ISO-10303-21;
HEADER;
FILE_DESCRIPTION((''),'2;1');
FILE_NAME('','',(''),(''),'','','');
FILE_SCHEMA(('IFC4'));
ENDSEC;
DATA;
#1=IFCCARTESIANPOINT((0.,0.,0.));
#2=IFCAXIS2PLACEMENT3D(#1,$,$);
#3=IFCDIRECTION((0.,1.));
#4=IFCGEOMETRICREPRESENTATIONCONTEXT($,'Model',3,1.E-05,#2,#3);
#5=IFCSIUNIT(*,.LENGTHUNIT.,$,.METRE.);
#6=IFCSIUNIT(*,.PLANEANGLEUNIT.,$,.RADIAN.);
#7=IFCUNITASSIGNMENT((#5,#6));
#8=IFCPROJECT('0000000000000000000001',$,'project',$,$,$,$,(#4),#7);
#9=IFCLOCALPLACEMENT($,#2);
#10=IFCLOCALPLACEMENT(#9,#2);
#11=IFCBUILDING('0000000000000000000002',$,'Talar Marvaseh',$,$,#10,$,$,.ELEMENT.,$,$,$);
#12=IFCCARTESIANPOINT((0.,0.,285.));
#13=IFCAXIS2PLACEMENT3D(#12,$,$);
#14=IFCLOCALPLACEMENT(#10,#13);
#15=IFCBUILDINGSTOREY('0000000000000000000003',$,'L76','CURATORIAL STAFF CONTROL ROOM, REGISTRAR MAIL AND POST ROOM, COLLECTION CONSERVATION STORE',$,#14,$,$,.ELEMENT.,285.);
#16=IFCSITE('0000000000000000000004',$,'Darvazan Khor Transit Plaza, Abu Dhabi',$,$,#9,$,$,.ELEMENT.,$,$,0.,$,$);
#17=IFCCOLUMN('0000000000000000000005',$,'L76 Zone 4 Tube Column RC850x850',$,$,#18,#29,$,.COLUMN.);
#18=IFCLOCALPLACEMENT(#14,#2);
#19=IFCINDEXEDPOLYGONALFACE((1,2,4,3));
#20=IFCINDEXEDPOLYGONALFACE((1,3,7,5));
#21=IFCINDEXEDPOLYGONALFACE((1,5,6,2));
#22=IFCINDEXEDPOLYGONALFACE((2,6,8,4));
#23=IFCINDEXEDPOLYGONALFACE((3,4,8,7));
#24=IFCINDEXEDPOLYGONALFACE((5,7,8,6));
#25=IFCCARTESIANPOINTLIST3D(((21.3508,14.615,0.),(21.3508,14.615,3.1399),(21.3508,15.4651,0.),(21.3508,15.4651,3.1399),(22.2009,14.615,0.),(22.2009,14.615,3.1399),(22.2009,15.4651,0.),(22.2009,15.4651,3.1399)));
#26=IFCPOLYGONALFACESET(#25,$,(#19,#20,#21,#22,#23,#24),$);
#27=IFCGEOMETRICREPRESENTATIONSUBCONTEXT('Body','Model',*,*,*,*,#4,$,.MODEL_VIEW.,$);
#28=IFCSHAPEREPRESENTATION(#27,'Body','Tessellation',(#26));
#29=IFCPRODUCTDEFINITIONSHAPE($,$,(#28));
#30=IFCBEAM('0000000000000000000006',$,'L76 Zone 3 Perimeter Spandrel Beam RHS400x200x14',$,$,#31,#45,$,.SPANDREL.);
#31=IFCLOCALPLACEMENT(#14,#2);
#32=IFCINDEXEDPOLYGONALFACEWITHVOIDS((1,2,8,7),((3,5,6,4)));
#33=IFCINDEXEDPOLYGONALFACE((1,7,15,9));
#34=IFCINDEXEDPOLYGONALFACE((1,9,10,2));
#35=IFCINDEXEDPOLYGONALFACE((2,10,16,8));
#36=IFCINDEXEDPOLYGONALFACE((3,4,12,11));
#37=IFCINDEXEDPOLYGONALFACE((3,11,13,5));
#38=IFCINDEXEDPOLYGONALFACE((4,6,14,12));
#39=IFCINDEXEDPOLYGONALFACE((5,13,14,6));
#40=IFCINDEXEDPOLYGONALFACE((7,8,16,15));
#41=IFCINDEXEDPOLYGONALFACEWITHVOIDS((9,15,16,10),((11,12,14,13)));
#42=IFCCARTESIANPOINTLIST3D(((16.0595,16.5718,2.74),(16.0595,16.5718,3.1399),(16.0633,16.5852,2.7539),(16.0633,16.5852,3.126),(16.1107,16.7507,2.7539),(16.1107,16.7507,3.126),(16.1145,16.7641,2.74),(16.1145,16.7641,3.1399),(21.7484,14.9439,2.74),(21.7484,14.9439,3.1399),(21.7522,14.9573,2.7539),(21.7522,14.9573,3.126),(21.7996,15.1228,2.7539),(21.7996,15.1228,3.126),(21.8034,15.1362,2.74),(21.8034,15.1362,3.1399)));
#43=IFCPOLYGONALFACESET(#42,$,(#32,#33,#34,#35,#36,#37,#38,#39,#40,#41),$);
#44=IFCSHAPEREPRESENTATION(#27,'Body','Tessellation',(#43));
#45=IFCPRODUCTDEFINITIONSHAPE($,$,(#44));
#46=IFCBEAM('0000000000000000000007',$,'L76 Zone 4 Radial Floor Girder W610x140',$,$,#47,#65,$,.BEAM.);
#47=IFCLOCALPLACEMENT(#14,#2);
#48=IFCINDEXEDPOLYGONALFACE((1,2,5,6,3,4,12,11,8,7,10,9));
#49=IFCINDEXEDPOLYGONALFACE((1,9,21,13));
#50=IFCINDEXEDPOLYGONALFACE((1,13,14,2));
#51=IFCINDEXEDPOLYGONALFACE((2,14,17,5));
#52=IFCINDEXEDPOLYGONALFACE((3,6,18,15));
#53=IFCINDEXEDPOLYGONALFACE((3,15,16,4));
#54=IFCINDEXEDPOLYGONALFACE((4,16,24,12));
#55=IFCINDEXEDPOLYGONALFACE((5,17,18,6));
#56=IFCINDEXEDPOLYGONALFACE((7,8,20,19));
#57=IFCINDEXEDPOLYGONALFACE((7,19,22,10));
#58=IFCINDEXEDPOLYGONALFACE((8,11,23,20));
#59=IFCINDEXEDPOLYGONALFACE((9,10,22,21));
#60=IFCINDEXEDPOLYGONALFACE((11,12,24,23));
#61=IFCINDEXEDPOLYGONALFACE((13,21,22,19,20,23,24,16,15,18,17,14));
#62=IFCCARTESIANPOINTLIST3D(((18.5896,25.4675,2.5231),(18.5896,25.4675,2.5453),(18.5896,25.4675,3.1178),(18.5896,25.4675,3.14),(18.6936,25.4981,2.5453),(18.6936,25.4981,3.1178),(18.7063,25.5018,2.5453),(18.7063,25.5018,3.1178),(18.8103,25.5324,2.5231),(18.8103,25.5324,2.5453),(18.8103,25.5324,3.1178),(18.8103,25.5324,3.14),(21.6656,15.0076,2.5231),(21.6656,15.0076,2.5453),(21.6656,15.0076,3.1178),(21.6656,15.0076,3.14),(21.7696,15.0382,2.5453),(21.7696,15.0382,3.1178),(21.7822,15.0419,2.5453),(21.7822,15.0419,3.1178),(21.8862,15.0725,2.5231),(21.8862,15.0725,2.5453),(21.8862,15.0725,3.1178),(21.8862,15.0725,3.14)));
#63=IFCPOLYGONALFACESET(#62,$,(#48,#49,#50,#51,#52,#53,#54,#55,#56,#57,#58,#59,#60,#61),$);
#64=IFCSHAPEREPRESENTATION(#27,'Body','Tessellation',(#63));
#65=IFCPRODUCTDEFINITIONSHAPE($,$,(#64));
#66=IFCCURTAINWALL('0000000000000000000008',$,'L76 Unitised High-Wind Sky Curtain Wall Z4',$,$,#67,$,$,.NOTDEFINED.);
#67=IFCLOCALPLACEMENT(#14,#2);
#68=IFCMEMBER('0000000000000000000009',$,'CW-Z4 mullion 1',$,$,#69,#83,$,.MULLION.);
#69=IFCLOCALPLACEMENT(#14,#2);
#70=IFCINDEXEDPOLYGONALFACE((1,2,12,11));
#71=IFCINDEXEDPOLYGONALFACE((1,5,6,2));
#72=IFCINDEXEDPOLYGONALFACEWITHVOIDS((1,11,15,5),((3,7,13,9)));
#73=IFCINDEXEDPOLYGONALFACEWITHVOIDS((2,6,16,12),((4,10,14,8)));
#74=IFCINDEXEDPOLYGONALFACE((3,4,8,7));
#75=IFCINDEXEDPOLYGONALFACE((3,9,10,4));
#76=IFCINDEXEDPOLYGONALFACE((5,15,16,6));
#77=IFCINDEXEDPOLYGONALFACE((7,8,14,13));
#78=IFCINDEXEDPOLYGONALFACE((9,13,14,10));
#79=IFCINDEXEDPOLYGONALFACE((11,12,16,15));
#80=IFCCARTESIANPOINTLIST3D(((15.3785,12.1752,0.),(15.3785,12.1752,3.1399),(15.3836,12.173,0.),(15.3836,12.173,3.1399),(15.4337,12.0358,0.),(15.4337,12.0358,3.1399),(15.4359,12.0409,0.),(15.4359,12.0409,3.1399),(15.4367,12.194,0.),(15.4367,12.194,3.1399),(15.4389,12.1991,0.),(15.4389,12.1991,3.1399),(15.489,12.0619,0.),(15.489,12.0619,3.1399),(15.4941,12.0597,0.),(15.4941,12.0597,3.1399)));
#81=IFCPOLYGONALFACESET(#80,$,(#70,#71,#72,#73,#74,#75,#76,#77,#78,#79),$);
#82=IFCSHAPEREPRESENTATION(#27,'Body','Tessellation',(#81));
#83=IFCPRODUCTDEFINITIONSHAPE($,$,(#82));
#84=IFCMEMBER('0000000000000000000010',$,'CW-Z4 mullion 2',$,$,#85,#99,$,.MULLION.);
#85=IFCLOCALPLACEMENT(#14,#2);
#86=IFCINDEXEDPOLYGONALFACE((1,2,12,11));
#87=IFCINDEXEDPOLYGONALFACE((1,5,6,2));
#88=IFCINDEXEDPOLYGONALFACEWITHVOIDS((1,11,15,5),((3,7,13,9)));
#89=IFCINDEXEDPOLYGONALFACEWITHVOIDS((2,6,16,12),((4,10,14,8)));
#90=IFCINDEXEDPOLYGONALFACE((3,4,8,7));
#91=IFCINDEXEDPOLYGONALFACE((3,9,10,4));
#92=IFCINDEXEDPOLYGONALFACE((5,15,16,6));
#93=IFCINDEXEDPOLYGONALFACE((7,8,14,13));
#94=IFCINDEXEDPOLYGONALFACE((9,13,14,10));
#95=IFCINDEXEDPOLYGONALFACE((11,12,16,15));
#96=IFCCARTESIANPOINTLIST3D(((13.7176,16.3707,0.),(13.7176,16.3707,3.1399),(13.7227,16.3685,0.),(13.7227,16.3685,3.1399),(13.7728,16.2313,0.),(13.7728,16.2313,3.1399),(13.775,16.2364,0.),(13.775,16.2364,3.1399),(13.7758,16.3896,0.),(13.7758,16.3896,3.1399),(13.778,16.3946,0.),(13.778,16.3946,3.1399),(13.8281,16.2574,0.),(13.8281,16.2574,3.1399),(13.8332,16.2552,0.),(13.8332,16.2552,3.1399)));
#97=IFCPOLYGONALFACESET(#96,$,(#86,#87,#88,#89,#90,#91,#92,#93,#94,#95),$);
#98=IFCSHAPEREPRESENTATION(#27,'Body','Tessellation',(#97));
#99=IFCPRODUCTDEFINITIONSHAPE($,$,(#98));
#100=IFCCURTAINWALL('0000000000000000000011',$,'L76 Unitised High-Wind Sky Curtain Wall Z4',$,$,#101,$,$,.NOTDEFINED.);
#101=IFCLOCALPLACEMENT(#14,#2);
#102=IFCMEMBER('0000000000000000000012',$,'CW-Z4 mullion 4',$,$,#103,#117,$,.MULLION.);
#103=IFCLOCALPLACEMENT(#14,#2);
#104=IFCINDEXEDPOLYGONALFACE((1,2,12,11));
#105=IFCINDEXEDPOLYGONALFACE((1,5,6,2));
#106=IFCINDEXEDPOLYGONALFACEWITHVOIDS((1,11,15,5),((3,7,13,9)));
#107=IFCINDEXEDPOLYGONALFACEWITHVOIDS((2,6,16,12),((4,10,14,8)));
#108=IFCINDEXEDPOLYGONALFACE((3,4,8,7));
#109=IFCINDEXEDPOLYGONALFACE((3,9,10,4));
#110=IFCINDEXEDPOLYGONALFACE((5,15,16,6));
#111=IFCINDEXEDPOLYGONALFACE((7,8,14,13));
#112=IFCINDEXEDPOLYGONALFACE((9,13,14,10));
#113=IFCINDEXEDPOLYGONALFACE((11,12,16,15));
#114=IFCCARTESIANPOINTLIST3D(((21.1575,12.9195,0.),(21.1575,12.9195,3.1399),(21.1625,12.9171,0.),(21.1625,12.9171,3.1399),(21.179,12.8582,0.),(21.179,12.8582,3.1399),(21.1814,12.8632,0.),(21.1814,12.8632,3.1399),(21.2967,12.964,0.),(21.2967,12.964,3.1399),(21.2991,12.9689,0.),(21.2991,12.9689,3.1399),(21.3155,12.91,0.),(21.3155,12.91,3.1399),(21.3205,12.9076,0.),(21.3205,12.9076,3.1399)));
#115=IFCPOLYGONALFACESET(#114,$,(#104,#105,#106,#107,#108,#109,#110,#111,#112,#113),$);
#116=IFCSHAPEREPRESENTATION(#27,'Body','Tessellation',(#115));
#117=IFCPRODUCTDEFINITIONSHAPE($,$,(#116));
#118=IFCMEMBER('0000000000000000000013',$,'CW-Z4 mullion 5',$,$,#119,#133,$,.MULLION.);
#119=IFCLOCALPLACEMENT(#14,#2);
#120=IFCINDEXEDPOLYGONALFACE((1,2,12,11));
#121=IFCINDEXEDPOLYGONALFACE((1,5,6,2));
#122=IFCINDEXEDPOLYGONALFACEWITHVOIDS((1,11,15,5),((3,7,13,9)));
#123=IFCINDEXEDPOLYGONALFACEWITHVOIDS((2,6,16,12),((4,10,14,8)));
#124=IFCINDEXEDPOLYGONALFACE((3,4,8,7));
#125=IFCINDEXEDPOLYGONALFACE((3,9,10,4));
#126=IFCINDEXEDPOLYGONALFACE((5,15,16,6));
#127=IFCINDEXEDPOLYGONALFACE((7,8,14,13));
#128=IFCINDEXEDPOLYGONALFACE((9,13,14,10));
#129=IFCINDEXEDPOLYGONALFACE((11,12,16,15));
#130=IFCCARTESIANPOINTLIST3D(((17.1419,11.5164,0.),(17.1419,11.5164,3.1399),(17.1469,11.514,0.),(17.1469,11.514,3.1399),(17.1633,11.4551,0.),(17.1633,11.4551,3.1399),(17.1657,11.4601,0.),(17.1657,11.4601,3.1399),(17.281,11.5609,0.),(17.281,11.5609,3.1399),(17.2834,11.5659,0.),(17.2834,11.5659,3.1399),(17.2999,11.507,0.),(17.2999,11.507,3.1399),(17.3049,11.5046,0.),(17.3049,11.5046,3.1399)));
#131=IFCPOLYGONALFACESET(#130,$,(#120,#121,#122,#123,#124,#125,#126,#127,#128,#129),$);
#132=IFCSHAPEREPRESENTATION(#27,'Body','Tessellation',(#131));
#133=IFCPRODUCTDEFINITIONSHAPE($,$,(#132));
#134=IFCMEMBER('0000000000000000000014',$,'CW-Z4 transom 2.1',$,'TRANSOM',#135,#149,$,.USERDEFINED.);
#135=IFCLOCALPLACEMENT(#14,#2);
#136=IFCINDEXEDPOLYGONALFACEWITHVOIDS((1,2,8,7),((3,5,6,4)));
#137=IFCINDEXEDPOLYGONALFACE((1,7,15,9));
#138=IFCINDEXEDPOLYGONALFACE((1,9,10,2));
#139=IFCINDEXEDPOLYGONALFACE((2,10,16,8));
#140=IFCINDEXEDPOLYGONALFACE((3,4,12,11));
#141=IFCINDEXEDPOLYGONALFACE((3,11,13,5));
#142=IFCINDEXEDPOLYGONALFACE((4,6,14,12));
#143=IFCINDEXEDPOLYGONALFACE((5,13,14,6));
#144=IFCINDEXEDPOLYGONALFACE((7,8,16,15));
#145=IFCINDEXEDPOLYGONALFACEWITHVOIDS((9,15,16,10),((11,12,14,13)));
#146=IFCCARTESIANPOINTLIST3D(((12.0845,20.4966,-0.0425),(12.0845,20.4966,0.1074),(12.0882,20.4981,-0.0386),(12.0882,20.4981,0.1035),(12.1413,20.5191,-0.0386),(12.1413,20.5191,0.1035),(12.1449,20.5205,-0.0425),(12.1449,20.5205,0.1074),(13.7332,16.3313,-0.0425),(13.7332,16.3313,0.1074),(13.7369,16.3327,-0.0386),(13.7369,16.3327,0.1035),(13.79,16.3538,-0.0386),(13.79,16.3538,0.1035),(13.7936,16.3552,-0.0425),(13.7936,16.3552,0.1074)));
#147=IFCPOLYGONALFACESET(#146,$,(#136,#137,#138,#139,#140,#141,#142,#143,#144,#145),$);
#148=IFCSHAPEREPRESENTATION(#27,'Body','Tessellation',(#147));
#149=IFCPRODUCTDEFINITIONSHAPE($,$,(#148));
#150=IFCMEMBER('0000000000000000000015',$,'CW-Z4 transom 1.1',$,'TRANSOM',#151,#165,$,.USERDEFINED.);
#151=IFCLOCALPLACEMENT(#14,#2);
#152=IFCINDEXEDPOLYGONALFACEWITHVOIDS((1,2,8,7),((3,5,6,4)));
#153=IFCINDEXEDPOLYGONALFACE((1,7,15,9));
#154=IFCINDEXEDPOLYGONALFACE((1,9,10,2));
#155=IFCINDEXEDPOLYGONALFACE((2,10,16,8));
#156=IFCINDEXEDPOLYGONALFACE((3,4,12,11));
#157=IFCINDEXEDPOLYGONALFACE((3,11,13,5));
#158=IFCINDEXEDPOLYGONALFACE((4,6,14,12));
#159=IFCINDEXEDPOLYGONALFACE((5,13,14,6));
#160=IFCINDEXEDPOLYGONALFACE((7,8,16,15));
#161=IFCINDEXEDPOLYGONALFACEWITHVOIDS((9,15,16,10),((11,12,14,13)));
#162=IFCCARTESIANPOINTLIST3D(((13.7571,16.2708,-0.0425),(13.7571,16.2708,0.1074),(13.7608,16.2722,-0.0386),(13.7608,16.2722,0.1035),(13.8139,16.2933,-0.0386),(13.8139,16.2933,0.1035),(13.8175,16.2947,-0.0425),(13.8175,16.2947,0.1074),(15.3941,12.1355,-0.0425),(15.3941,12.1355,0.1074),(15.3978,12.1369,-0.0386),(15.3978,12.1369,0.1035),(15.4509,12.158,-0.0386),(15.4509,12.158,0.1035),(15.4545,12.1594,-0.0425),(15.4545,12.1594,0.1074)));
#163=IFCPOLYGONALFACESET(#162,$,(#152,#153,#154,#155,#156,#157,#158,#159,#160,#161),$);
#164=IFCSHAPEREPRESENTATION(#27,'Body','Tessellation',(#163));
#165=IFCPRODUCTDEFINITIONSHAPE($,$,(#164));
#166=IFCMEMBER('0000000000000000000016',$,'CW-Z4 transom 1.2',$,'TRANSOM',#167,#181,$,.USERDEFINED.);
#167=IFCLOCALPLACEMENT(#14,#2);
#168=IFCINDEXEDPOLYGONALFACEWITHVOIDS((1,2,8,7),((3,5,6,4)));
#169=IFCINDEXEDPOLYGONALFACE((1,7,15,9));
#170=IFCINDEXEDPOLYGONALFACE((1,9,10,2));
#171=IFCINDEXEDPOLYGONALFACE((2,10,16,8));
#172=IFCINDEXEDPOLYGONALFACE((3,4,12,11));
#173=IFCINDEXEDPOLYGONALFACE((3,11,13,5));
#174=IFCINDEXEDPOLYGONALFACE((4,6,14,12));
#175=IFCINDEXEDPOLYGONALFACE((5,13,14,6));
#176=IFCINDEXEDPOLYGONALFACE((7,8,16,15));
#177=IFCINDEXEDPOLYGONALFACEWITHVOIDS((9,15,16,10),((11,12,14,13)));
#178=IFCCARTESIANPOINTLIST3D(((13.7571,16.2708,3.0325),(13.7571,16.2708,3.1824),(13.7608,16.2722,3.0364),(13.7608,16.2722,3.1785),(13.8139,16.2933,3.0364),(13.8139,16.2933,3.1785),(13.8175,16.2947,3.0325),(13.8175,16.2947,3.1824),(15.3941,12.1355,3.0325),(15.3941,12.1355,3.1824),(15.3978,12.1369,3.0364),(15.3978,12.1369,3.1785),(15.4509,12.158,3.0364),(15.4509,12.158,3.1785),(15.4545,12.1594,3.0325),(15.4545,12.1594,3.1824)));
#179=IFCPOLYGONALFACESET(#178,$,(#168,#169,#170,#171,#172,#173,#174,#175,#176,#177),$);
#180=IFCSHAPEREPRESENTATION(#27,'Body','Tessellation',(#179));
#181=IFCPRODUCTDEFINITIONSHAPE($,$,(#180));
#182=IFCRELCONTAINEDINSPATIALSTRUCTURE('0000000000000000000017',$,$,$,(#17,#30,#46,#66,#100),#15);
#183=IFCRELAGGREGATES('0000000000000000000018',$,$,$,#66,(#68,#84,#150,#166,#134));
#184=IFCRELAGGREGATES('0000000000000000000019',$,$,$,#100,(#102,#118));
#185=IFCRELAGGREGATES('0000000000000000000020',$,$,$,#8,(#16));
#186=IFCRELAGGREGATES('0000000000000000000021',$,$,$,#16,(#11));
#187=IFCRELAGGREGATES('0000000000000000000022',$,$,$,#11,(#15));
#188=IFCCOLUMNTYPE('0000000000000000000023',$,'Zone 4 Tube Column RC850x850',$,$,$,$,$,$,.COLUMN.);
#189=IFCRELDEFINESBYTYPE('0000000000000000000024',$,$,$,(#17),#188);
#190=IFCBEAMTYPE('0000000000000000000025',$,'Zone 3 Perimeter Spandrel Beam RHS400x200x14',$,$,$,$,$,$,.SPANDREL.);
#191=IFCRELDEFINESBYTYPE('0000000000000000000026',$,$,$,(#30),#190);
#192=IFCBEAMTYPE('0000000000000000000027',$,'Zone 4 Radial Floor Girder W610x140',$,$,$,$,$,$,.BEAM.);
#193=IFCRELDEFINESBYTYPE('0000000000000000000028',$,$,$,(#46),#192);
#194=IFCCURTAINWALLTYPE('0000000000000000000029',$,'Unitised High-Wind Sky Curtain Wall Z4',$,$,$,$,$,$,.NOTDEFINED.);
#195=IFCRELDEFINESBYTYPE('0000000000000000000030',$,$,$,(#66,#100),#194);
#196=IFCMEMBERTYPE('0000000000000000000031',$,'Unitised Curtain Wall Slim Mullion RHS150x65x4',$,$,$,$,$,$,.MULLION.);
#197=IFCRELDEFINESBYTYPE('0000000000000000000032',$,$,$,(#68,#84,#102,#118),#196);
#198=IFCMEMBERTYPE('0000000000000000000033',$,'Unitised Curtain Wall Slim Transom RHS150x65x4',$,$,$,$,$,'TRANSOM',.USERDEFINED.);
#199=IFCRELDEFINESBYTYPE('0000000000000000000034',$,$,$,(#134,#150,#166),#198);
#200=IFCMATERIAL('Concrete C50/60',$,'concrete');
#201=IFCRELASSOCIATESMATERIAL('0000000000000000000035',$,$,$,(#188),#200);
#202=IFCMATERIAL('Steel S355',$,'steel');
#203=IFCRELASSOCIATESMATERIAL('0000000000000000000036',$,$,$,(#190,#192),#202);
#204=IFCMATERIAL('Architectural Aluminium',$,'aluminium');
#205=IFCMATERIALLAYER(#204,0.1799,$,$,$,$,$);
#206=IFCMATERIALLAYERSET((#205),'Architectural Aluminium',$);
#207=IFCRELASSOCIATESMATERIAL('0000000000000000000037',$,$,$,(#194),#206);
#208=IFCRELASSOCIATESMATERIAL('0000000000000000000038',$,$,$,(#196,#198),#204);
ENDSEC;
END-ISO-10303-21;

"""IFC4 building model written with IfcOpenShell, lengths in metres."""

from ifc_helpers import new_model, si_unit, direction, frame, origin, origin_2d, place, context, subcontext, project, spatial, rectangle, hollow_rectangle, i_section, extrude, source, transform, mapped, material, layer, layer_set, material_profile, profile_set, type_object, type_shapes, element, aggregate, save


model = new_model("IFC4")

# Units and contexts
model_context = context("Model", 3, precision=1e-05, world=origin(), true_north=direction((0.0, 1.0)))
body_context = subcontext(model_context, "Body", "Model", "MODEL_VIEW")
ifc_project = project(units=[si_unit("LENGTHUNIT", "METRE"), si_unit("PLANEANGLEUNIT", "RADIAN")], contexts=[model_context])

# Site, building, storey
site_placement = place(None, origin())
site = spatial("IfcSite", under=ifc_project, at=site_placement, Name="Darvazan Khor Transit Plaza, Abu Dhabi", CompositionType="ELEMENT", RefElevation=0.0)
building_placement = place(site_placement, origin())
building = spatial("IfcBuilding", under=site, at=building_placement, Name="Talar Marvaseh", CompositionType="ELEMENT")
storey_placement = place(building_placement, frame((0.0, 0.0, 285.0)))
storey = spatial("IfcBuildingStorey", under=building, at=storey_placement, Name="L76", Description="CURATORIAL STAFF CONTROL ROOM, REGISTRAR MAIL AND POST ROOM, COLLECTION CONSERVATION STORE", CompositionType="ELEMENT", Elevation=285.0)

# Column
ifc_material_1 = material(Name="Concrete C50/60", Category="concrete")
ifc_material_profile_1 = material_profile(ifc_material_1, rectangle(XDim=0.8501, YDim=0.8501, at=origin_2d()), Name="RC850x850")
ifc_profile_set_1 = profile_set([ifc_material_profile_1], Name="Concrete C50/60")
column_type = type_object("IfcColumnType", Name="Zone 4 Tube Column RC850x850", PredefinedType="COLUMN", material=ifc_profile_set_1)
column_placement = place(storey_placement, frame((21.7759, 15.04, 0.0), z_axis=(0.0, 0.0, 1.0), x_axis=(1.0, 0.0, 0.0)))
element("IfcColumn", 1, at=column_placement, inside=storey, type_object=column_type, Name="L76 Zone 4 Tube Column RC850x850", PredefinedType="COLUMN", context=body_context, shape_type="SweptSolid", body=[
    extrude(rectangle(XDim=0.8501, YDim=0.8501, at=origin_2d()), origin(), (0.0, 0.0, 1.0), 3.1399),
])

# Beams
ifc_material_2 = material(Name="Steel S355", Category="steel")
ifc_material_profile_2 = material_profile(ifc_material_2, hollow_rectangle(XDim=0.2, YDim=0.3999, WallThickness=0.0139, at=origin_2d()), Name="RHS400x200x14")
ifc_profile_set_2 = profile_set([ifc_material_profile_2], Name="Steel S355")
beam_type_1 = type_object("IfcBeamType", Name="Zone 3 Perimeter Spandrel Beam RHS400x200x14", PredefinedType="SPANDREL", material=ifc_profile_set_2)
beam_1_placement = place(storey_placement, frame((21.7759, 15.04, 2.9399), z_axis=(-0.961412, 0.275113, 0.0), x_axis=(-0.275113, -0.961412, 0.0)))
element("IfcBeam", 2, at=beam_1_placement, inside=storey, type_object=beam_type_1, Name="L76 Zone 3 Perimeter Spandrel Beam RHS400x200x14", PredefinedType="SPANDREL", context=body_context, shape_type="SweptSolid", body=[
    extrude(hollow_rectangle(XDim=0.2, YDim=0.3999, WallThickness=0.0139, at=origin_2d()), origin(), (0.0, 0.0, 1.0), 5.9172),
])
ifc_material_profile_3 = material_profile(ifc_material_2, i_section(OverallWidth=0.23, OverallDepth=0.6169, WebThickness=0.0132, FlangeThickness=0.0222, at=origin_2d()), Name="W610x140")
ifc_profile_set_3 = profile_set([ifc_material_profile_3], Name="Steel S355")
beam_type_2 = type_object("IfcBeamType", Name="Zone 4 Radial Floor Girder W610x140", PredefinedType="BEAM", material=ifc_profile_set_3)
beam_2_placement = place(storey_placement, frame((21.7759, 15.04, 2.8315), z_axis=(-0.282121, 0.959379, 0.0), x_axis=(-0.959379, -0.282121, 0.0)))
element("IfcBeam", 3, at=beam_2_placement, inside=storey, type_object=beam_type_2, Name="L76 Zone 4 Radial Floor Girder W610x140", PredefinedType="BEAM", context=body_context, shape_type="SweptSolid", body=[
    extrude(i_section(OverallWidth=0.23, OverallDepth=0.6169, WebThickness=0.0132, FlangeThickness=0.0222, at=origin_2d()), origin(), (0.0, 0.0, 1.0), 10.9028),
])

# Curtain walls, members
ifc_material_3 = material(Name="Architectural Aluminium", Category="aluminium")
ifc_layer_1 = layer(ifc_material_3, 0.1799)
ifc_layer_set_1 = layer_set([ifc_layer_1], Name="Architectural Aluminium")
curtain_wall_type = type_object("IfcCurtainWallType", Name="Unitised High-Wind Sky Curtain Wall Z4", PredefinedType="NOTDEFINED", material=ifc_layer_set_1)
curtain_wall_1_placement = place(storey_placement, origin())
curtain_wall_1 = element("IfcCurtainWall", 4, at=curtain_wall_1_placement, inside=storey, type_object=curtain_wall_type, Name="L76 Unitised High-Wind Sky Curtain Wall Z4", PredefinedType="NOTDEFINED")
ifc_material_profile_4 = material_profile(ifc_material_3, hollow_rectangle(XDim=0.0649, YDim=0.1499, WallThickness=0.0039, at=origin_2d()), Name="RHS150x65x4")
ifc_profile_set_4 = profile_set([ifc_material_profile_4], Name="Architectural Aluminium")
member_type_1 = type_object("IfcMemberType", Name="Unitised Curtain Wall Slim Mullion RHS150x65x4", PredefinedType="MULLION", material=ifc_profile_set_4)
shared_shape_1 = source(origin(), body_context, "Body", "SweptSolid", [
    extrude(hollow_rectangle(XDim=0.0649, YDim=0.1499, WallThickness=0.0039, at=origin_2d()), origin(), (0.0, 0.0, 1.0), 3.1399),
])
type_shapes(member_type_1, [shared_shape_1])
member_1_placement = place(storey_placement, frame((15.4363, 12.1174, 0.0), z_axis=(0.0, 0.0, 1.0), x_axis=(-0.929802, -0.36806, 0.0)))
member_1 = element("IfcMember", 5, at=member_1_placement, type_object=member_type_1, Name="CW-Z4 mullion 1", PredefinedType="MULLION", context=body_context, shape_type="MappedRepresentation", body=[
    mapped(shared_shape_1, transform((0.0, 0.0, 0.0), x_axis=(1.0, 0.0, 0.0), y_axis=(0.0, 1.0, 0.0), z_axis=(0.0, 0.0, 1.0), scale=1.0)),
])
member_2_placement = place(storey_placement, frame((13.7754, 16.313, 0.0), z_axis=(0.0, 0.0, 1.0), x_axis=(-0.929802, -0.36806, 0.0)))
member_2 = element("IfcMember", 6, at=member_2_placement, type_object=member_type_1, Name="CW-Z4 mullion 2", PredefinedType="MULLION", context=body_context, shape_type="MappedRepresentation", body=[
    mapped(shared_shape_1, transform((0.0, 0.0, 0.0), x_axis=(1.0, 0.0, 0.0), y_axis=(0.0, 1.0, 0.0), z_axis=(0.0, 0.0, 1.0), scale=1.0)),
])
curtain_wall_2_placement = place(storey_placement, origin())
curtain_wall_2 = element("IfcCurtainWall", 7, at=curtain_wall_2_placement, inside=storey, type_object=curtain_wall_type, Name="L76 Unitised High-Wind Sky Curtain Wall Z4", PredefinedType="NOTDEFINED")
member_3_placement = place(storey_placement, frame((21.239, 12.9136, 0.0), z_axis=(0.0, 0.0, 1.0), x_axis=(0.329838, -0.944038, 0.0)))
member_3 = element("IfcMember", 8, at=member_3_placement, type_object=member_type_1, Name="CW-Z4 mullion 4", PredefinedType="MULLION", context=body_context, shape_type="MappedRepresentation", body=[
    mapped(shared_shape_1, transform((0.0, 0.0, 0.0), x_axis=(1.0, 0.0, 0.0), y_axis=(0.0, 1.0, 0.0), z_axis=(0.0, 0.0, 1.0), scale=1.0)),
])
member_4_placement = place(storey_placement, frame((17.2234, 11.5105, 0.0), z_axis=(0.0, 0.0, 1.0), x_axis=(0.329838, -0.944038, 0.0)))
member_4 = element("IfcMember", 9, at=member_4_placement, type_object=member_type_1, Name="CW-Z4 mullion 5", PredefinedType="MULLION", context=body_context, shape_type="MappedRepresentation", body=[
    mapped(shared_shape_1, transform((0.0, 0.0, 0.0), x_axis=(1.0, 0.0, 0.0), y_axis=(0.0, 1.0, 0.0), z_axis=(0.0, 0.0, 1.0), scale=1.0)),
])

# Members
ifc_material_profile_5 = material_profile(ifc_material_3, hollow_rectangle(XDim=0.0649, YDim=0.1499, WallThickness=0.0039, at=origin_2d()), Name="RHS150x65x4")
ifc_profile_set_5 = profile_set([ifc_material_profile_5], Name="Architectural Aluminium")
member_type_2 = type_object("IfcMemberType", Name="Unitised Curtain Wall Slim Transom RHS150x65x4", ElementType="TRANSOM", PredefinedType="USERDEFINED", material=ifc_profile_set_5)
shared_shape_2 = source(origin(), body_context, "Body", "SweptSolid", [
    extrude(hollow_rectangle(XDim=0.0649, YDim=0.1499, WallThickness=0.0039, at=origin_2d()), origin(), (0.0, 0.0, 1.0), 4.4797),
])
member_5_placement = place(storey_placement, frame((13.7634, 16.3433, 0.0325), z_axis=(-0.368034, 0.929812, 0.0), x_axis=(-0.929812, -0.368034, 0.0)))
member_5 = element("IfcMember", 10, at=member_5_placement, type_object=member_type_2, Name="CW-Z4 transom 2.1", ObjectType="TRANSOM", PredefinedType="USERDEFINED", context=body_context, shape_type="MappedRepresentation", body=[
    mapped(shared_shape_2, transform((0.0, 0.0, 0.0), x_axis=(1.0, 0.0, 0.0), y_axis=(0.0, 1.0, 0.0), z_axis=(0.0, 0.0, 1.0), scale=1.0)),
])
shared_shape_3 = source(origin(), body_context, "Body", "SweptSolid", [
    extrude(hollow_rectangle(XDim=0.0649, YDim=0.1499, WallThickness=0.0039, at=origin_2d()), origin(), (0.0, 0.0, 1.0), 4.4475),
])
member_6_placement = place(storey_placement, frame((15.4243, 12.1475, 0.0325), z_axis=(-0.368066, 0.9298, 0.0), x_axis=(-0.9298, -0.368066, 0.0)))
member_6 = element("IfcMember", 11, at=member_6_placement, type_object=member_type_2, Name="CW-Z4 transom 1.1", ObjectType="TRANSOM", PredefinedType="USERDEFINED", context=body_context, shape_type="MappedRepresentation", body=[
    mapped(shared_shape_3, transform((0.0, 0.0, 0.0), x_axis=(1.0, 0.0, 0.0), y_axis=(0.0, 1.0, 0.0), z_axis=(0.0, 0.0, 1.0), scale=1.0)),
])
member_7_placement = place(storey_placement, frame((15.4243, 12.1475, 3.1074), z_axis=(-0.368066, 0.9298, 0.0), x_axis=(-0.9298, -0.368066, 0.0)))
member_7 = element("IfcMember", 12, at=member_7_placement, type_object=member_type_2, Name="CW-Z4 transom 1.2", ObjectType="TRANSOM", PredefinedType="USERDEFINED", context=body_context, shape_type="MappedRepresentation", body=[
    mapped(shared_shape_3, transform((0.0, 0.0, 0.0), x_axis=(1.0, 0.0, 0.0), y_axis=(0.0, 1.0, 0.0), z_axis=(0.0, 0.0, 1.0), scale=1.0)),
])

aggregate(curtain_wall_1, [member_1, member_2, member_6, member_7, member_5])
aggregate(curtain_wall_2, [member_3, member_4])

save(model, "model.ifc")
